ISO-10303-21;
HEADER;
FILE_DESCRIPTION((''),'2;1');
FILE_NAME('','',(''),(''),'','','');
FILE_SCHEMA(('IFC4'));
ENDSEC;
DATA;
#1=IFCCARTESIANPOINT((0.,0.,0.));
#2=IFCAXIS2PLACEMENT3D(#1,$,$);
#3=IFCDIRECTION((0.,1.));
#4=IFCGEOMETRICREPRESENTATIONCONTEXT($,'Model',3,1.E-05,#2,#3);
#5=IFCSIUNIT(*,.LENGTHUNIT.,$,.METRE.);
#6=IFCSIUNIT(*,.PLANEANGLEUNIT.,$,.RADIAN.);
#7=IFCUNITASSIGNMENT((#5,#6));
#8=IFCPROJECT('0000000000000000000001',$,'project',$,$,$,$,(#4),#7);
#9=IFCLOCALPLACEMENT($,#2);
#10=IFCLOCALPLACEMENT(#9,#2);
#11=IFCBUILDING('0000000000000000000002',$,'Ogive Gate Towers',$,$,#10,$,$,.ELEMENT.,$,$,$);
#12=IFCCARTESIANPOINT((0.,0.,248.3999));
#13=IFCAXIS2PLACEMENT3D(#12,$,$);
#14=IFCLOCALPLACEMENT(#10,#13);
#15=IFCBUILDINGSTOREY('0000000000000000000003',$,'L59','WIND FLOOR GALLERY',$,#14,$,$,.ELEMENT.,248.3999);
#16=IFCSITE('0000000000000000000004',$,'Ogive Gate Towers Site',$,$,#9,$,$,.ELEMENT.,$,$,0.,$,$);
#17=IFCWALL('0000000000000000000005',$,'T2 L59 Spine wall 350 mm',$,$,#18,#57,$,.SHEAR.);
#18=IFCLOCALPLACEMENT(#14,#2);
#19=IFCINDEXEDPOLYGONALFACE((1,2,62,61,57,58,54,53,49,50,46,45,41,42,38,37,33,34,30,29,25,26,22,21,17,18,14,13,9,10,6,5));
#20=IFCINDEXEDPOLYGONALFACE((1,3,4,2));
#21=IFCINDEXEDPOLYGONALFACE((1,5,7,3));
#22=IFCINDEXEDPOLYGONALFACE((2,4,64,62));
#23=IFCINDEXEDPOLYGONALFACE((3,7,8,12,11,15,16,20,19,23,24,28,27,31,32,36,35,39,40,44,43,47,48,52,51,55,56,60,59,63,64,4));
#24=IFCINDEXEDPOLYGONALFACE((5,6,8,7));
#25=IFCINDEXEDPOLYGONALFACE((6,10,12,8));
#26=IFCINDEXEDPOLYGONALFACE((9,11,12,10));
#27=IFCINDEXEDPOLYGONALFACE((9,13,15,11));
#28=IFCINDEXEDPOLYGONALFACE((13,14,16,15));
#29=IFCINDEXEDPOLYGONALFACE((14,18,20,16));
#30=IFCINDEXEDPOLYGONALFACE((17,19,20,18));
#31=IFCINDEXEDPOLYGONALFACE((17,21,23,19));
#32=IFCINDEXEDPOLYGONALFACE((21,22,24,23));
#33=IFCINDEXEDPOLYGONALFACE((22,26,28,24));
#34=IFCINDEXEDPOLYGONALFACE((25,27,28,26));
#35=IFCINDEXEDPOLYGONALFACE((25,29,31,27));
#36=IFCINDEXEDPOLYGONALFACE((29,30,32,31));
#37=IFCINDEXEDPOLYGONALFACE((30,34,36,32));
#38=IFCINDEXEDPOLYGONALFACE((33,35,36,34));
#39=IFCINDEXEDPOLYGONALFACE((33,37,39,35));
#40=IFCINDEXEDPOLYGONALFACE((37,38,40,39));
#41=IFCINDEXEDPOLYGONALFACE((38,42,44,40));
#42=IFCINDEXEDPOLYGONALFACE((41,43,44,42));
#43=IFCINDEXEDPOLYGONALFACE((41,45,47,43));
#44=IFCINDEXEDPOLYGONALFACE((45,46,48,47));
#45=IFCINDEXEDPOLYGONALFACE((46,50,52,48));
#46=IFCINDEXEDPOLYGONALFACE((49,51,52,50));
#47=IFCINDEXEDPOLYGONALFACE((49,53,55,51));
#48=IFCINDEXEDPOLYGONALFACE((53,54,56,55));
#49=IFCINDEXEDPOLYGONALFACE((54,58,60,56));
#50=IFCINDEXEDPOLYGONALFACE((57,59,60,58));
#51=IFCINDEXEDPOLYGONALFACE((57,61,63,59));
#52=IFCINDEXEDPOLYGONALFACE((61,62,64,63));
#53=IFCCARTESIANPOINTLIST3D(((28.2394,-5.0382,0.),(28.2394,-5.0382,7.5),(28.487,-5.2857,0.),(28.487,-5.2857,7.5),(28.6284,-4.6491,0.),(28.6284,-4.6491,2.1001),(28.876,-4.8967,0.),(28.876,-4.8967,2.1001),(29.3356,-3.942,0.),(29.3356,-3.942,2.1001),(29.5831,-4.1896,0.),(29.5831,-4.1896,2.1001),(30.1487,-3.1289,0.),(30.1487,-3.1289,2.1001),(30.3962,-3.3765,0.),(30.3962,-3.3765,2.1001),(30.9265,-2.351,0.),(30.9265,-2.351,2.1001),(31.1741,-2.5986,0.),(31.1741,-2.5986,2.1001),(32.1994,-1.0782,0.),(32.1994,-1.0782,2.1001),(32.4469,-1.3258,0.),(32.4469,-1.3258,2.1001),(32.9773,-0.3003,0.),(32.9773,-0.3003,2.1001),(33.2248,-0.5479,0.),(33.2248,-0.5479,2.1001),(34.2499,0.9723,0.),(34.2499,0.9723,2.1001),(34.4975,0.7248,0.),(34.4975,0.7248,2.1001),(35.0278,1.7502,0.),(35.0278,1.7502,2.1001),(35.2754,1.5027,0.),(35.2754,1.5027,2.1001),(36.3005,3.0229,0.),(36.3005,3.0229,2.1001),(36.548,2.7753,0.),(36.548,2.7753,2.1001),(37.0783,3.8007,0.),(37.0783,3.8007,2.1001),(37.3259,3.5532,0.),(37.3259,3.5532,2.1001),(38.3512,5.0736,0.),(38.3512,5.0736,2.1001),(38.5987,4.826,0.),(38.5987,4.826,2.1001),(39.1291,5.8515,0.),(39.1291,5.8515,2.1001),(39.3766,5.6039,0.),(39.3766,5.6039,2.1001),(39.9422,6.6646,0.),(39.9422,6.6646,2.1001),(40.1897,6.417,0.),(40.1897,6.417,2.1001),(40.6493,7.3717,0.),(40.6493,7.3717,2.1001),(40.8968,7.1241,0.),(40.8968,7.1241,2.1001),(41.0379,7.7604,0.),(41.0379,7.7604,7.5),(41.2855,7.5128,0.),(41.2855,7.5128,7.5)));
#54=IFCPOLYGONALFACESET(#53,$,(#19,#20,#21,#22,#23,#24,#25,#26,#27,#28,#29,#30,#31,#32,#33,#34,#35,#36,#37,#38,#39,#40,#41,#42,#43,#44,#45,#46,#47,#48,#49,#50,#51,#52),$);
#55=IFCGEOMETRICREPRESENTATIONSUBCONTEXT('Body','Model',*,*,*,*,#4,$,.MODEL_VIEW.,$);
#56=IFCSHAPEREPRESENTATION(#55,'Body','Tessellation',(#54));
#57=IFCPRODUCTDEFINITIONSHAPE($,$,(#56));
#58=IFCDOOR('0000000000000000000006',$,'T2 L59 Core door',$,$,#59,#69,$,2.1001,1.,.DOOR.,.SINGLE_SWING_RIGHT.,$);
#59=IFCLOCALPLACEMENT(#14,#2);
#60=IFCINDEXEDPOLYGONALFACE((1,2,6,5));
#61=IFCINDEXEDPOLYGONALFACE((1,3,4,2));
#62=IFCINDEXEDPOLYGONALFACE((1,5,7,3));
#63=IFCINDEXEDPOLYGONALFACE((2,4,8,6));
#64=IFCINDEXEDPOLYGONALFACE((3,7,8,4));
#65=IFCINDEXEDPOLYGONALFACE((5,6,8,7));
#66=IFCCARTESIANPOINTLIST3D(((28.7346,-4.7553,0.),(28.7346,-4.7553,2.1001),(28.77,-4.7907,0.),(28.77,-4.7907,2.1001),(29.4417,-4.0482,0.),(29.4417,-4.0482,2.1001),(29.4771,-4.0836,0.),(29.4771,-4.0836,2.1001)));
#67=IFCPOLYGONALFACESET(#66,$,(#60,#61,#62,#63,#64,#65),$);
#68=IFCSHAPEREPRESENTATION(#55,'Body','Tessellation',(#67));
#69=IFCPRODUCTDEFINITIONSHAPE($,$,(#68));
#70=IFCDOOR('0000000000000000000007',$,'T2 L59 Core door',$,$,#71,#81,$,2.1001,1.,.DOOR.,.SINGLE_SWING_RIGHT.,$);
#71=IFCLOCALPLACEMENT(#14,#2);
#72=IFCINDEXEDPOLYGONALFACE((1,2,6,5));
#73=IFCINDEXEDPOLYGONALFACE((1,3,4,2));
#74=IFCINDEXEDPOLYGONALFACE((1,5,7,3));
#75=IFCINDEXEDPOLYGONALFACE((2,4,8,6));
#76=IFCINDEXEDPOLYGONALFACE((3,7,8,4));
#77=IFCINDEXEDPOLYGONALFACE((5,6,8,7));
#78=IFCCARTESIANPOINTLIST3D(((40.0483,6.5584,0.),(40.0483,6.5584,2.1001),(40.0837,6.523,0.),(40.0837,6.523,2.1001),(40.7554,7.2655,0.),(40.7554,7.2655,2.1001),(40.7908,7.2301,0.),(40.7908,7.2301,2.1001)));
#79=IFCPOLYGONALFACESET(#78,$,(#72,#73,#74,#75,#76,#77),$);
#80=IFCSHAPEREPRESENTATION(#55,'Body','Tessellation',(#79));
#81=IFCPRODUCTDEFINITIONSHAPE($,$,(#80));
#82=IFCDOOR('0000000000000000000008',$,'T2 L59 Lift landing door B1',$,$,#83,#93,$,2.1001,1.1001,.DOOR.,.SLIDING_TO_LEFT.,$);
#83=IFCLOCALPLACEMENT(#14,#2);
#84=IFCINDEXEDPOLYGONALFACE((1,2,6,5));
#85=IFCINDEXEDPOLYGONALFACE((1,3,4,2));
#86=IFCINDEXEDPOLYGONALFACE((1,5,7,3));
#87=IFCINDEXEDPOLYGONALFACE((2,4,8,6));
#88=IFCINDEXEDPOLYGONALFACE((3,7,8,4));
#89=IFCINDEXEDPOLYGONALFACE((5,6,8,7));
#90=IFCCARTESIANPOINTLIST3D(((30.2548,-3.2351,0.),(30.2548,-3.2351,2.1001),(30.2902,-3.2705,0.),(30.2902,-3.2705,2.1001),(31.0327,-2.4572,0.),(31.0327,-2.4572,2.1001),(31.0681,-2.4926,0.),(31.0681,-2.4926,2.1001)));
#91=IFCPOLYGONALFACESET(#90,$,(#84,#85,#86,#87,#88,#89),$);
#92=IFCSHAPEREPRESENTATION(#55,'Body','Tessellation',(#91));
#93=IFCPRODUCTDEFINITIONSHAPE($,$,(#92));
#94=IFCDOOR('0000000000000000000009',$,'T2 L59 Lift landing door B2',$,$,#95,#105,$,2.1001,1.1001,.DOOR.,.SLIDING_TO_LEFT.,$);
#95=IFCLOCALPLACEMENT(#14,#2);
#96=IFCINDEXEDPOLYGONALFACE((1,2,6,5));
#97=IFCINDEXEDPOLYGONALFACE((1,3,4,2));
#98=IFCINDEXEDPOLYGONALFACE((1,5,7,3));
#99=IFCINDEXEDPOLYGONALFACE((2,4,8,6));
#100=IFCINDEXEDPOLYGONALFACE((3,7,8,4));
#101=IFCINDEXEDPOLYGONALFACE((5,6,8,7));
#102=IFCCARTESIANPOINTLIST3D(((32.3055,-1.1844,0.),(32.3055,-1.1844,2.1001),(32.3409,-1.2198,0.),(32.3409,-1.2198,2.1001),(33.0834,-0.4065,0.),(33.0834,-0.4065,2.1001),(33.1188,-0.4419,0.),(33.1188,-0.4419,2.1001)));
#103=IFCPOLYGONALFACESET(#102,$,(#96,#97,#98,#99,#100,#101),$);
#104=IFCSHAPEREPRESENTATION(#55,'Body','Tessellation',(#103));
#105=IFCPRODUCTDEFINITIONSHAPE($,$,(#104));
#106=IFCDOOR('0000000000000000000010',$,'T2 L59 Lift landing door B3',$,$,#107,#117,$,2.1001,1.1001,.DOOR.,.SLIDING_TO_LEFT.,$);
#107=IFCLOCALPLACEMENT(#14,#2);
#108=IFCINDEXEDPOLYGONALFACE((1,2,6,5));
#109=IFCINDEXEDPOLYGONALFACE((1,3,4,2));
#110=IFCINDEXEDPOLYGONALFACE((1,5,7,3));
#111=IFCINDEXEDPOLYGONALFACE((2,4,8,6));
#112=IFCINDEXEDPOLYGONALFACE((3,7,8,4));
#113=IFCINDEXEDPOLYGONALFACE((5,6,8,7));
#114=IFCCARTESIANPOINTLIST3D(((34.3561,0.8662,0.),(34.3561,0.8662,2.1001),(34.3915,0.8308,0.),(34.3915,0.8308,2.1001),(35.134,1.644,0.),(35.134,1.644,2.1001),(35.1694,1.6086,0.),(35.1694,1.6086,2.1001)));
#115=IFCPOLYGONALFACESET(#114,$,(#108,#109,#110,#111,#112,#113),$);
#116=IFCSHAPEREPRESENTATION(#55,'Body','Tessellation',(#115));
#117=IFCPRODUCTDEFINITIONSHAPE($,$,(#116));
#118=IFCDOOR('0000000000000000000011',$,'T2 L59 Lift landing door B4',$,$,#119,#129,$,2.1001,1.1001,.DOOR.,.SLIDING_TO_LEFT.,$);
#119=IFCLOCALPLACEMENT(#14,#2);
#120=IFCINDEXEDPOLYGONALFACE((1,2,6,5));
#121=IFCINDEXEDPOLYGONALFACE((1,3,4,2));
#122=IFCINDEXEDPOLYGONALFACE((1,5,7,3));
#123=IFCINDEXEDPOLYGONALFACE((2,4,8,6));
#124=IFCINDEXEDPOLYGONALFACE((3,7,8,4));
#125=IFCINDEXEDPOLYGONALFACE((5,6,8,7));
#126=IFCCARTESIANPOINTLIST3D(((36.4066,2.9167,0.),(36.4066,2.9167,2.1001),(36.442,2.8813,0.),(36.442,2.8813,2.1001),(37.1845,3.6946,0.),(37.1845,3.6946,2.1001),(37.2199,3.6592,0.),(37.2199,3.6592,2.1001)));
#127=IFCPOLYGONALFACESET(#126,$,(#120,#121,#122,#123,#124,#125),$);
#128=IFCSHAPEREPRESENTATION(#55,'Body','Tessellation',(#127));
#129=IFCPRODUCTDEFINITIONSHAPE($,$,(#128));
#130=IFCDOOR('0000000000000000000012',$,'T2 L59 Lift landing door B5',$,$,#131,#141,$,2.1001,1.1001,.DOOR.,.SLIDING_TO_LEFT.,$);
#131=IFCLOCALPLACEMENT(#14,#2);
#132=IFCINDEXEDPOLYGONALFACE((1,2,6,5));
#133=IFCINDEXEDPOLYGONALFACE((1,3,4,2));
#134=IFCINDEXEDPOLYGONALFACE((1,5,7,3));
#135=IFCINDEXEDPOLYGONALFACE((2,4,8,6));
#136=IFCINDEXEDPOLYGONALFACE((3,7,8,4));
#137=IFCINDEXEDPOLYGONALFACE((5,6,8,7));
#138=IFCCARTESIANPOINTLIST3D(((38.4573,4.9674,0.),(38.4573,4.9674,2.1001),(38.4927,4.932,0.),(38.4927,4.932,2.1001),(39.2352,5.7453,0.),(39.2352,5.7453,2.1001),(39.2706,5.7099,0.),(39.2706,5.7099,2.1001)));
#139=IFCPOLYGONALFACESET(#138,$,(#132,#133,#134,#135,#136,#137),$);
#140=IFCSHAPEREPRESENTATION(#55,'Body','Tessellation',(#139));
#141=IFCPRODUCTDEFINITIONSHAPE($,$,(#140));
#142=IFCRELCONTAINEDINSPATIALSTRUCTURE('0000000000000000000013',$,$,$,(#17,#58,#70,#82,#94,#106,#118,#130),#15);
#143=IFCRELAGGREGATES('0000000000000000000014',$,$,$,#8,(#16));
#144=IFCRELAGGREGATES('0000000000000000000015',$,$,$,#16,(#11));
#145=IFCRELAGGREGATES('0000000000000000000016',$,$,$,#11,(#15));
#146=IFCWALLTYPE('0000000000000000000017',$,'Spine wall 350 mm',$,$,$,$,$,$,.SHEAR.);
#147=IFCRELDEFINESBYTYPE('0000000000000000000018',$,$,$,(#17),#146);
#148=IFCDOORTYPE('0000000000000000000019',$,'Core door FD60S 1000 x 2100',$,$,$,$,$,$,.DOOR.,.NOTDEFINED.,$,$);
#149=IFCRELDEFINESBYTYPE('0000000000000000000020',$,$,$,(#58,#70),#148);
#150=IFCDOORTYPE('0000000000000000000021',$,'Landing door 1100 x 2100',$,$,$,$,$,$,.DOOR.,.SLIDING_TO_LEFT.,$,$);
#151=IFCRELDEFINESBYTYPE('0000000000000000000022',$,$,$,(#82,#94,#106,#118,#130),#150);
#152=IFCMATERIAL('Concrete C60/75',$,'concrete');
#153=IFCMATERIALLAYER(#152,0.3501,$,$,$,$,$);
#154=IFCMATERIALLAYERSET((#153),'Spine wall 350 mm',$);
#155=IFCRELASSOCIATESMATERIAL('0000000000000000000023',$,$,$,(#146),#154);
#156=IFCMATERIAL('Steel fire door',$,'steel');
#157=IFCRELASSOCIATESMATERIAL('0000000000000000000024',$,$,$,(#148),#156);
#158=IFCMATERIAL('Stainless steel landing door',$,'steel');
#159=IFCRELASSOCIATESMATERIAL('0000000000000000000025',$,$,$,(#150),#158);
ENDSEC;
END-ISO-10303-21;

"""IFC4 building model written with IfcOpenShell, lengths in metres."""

from ifc_helpers import new_model, si_unit, direction, frame, frame_2d, origin, place, context, subcontext, project, spatial, rectangle, extrude, material, layer, layer_set, type_object, element, fill, save


model = new_model("IFC4")

# Units and contexts
model_context = context("Model", 3, precision=1e-05, world=origin(), true_north=direction((0.0, 1.0)))
body_context = subcontext(model_context, "Body", "Model", "MODEL_VIEW")
ifc_project = project(units=[si_unit("LENGTHUNIT", "METRE"), si_unit("PLANEANGLEUNIT", "RADIAN")], contexts=[model_context])

# Site, building, storey
site_placement = place(None, origin())
site = spatial("IfcSite", under=ifc_project, at=site_placement, Name="Ogive Gate Towers Site", CompositionType="ELEMENT", RefElevation=0.0)
building_placement = place(site_placement, origin())
building = spatial("IfcBuilding", under=site, at=building_placement, Name="Ogive Gate Towers", CompositionType="ELEMENT")
storey_placement = place(building_placement, frame((0.0, 0.0, 248.3999)))
storey = spatial("IfcBuildingStorey", under=building, at=storey_placement, Name="L59", Description="WIND FLOOR GALLERY", CompositionType="ELEMENT", Elevation=248.3999)

# Shared definitions
ifc_material_1 = material(Name="Concrete C60/75", Category="concrete")

# Wall, openings, doors
ifc_layer_1 = layer(ifc_material_1, 0.3501)
ifc_layer_set_1 = layer_set([ifc_layer_1], Name="Spine wall 350 mm")
wall_type_1 = type_object("IfcWallType", Name="Spine wall 350 mm", PredefinedType="SHEAR", material=ifc_layer_set_1)
ifc_material_2 = material(Name="Steel fire door", Category="steel")
door_type_1 = type_object("IfcDoorType", Name="Core door FD60S 1000 x 2100", OperationType="NOTDEFINED", PredefinedType="DOOR", material=ifc_material_2)
ifc_material_3 = material(Name="Stainless steel landing door", Category="steel")
door_type_2 = type_object("IfcDoorType", Name="Landing door 1100 x 2100", OperationType="SLIDING_TO_LEFT", PredefinedType="DOOR", material=ifc_material_3)
wall_1_placement = place(storey_placement, frame((28.3633, -5.1619, 0.0), z_axis=(0.0, 0.0, 1.0), x_axis=(0.707107, 0.707107, 0.0)))
wall_1 = element("IfcWall", 1, at=wall_1_placement, inside=storey, type_object=wall_type_1, Name="T2 L59 Spine wall 350 mm", PredefinedType="SHEAR", context=body_context, shape_type="SweptSolid", body=[
    extrude(rectangle(XDim=18.0999, YDim=0.3501, at=frame_2d((9.0498, 0.0))), origin(), (0.0, 0.0, 1.0), 7.5),
])
opening_1_placement = place(wall_1_placement, frame((0.55, 0.0, 0.0)))
opening_1 = element("IfcOpeningElement", 2, at=opening_1_placement, cuts=wall_1, PredefinedType="OPENING", context=body_context, shape_type="SweptSolid", body=[
    extrude(rectangle(XDim=1.0, YDim=2.1001, at=frame_2d((0.5, 1.05))), frame((0.0, 0.1851, 0.0), z_axis=(0.0, -1.0, 0.0), x_axis=(1.0, 0.0, 0.0)), (0.0, 0.0, 1.0), 0.3701),
])
opening_2_placement = place(wall_1_placement, frame((2.7, 0.0, 0.0)))
opening_2 = element("IfcOpeningElement", 3, at=opening_2_placement, cuts=wall_1, PredefinedType="OPENING", context=body_context, shape_type="SweptSolid", body=[
    extrude(rectangle(XDim=1.1001, YDim=2.1001, at=frame_2d((0.55, 1.05))), frame((0.0, 0.1851, 0.0), z_axis=(0.0, -1.0, 0.0), x_axis=(1.0, 0.0, 0.0)), (0.0, 0.0, 1.0), 0.3701),
])
opening_3_placement = place(wall_1_placement, frame((5.6001, 0.0, 0.0)))
opening_3 = element("IfcOpeningElement", 4, at=opening_3_placement, cuts=wall_1, PredefinedType="OPENING", context=body_context, shape_type="SweptSolid", body=[
    extrude(rectangle(XDim=1.1001, YDim=2.1001, at=frame_2d((0.55, 1.05))), frame((0.0, 0.1851, 0.0), z_axis=(0.0, -1.0, 0.0), x_axis=(1.0, 0.0, 0.0)), (0.0, 0.0, 1.0), 0.3701),
])
opening_4_placement = place(wall_1_placement, frame((8.5, 0.0, 0.0)))
opening_4 = element("IfcOpeningElement", 5, at=opening_4_placement, cuts=wall_1, PredefinedType="OPENING", context=body_context, shape_type="SweptSolid", body=[
    extrude(rectangle(XDim=1.1001, YDim=2.1001, at=frame_2d((0.55, 1.05))), frame((0.0, 0.1851, 0.0), z_axis=(0.0, -1.0, 0.0), x_axis=(1.0, 0.0, 0.0)), (0.0, 0.0, 1.0), 0.3701),
])
opening_5_placement = place(wall_1_placement, frame((11.3999, 0.0, 0.0)))
opening_5 = element("IfcOpeningElement", 6, at=opening_5_placement, cuts=wall_1, PredefinedType="OPENING", context=body_context, shape_type="SweptSolid", body=[
    extrude(rectangle(XDim=1.1001, YDim=2.1001, at=frame_2d((0.55, 1.05))), frame((0.0, 0.1851, 0.0), z_axis=(0.0, -1.0, 0.0), x_axis=(1.0, 0.0, 0.0)), (0.0, 0.0, 1.0), 0.3701),
])
opening_6_placement = place(wall_1_placement, frame((14.3, 0.0, 0.0)))
opening_6 = element("IfcOpeningElement", 7, at=opening_6_placement, cuts=wall_1, PredefinedType="OPENING", context=body_context, shape_type="SweptSolid", body=[
    extrude(rectangle(XDim=1.1001, YDim=2.1001, at=frame_2d((0.55, 1.05))), frame((0.0, 0.1851, 0.0), z_axis=(0.0, -1.0, 0.0), x_axis=(1.0, 0.0, 0.0)), (0.0, 0.0, 1.0), 0.3701),
])
opening_7_placement = place(wall_1_placement, frame((16.55, 0.0, 0.0)))
opening_7 = element("IfcOpeningElement", 8, at=opening_7_placement, cuts=wall_1, PredefinedType="OPENING", context=body_context, shape_type="SweptSolid", body=[
    extrude(rectangle(XDim=1.0, YDim=2.1001, at=frame_2d((0.5, 1.05))), frame((0.0, 0.1851, 0.0), z_axis=(0.0, -1.0, 0.0), x_axis=(1.0, 0.0, 0.0)), (0.0, 0.0, 1.0), 0.3701),
])
door_1_placement = place(opening_1_placement, origin())
door_1 = element("IfcDoor", 9, at=door_1_placement, inside=storey, type_object=door_type_1, Name="T2 L59 Core door", OperationType="SINGLE_SWING_RIGHT", OverallHeight=2.1001, OverallWidth=1.0, PredefinedType="DOOR", context=body_context, shape_type="SweptSolid", body=[
    extrude(rectangle(XDim=1.0, YDim=2.1001, at=frame_2d((0.5, 1.05))), frame((0.0, 0.0249, 0.0), z_axis=(0.0, -1.0, 0.0), x_axis=(1.0, 0.0, 0.0)), (0.0, 0.0, 1.0), 0.05),
])
fill(opening_1, door_1)
door_2_placement = place(opening_7_placement, origin())
door_2 = element("IfcDoor", 10, at=door_2_placement, inside=storey, type_object=door_type_1, Name="T2 L59 Core door", OperationType="SINGLE_SWING_RIGHT", OverallHeight=2.1001, OverallWidth=1.0, PredefinedType="DOOR", context=body_context, shape_type="SweptSolid", body=[
    extrude(rectangle(XDim=1.0, YDim=2.1001, at=frame_2d((0.5, 1.05))), frame((0.0, 0.0249, 0.0), z_axis=(0.0, -1.0, 0.0), x_axis=(1.0, 0.0, 0.0)), (0.0, 0.0, 1.0), 0.05),
])
fill(opening_7, door_2)
door_3_placement = place(opening_2_placement, origin())
door_3 = element("IfcDoor", 11, at=door_3_placement, inside=storey, type_object=door_type_2, Name="T2 L59 Lift landing door B1", OperationType="SLIDING_TO_LEFT", OverallHeight=2.1001, OverallWidth=1.1001, PredefinedType="DOOR", context=body_context, shape_type="SweptSolid", body=[
    extrude(rectangle(XDim=1.1001, YDim=2.1001, at=frame_2d((0.55, 1.05))), frame((0.0, 0.0249, 0.0), z_axis=(0.0, -1.0, 0.0), x_axis=(1.0, 0.0, 0.0)), (0.0, 0.0, 1.0), 0.05),
])
fill(opening_2, door_3)
door_4_placement = place(opening_3_placement, origin())
door_4 = element("IfcDoor", 12, at=door_4_placement, inside=storey, type_object=door_type_2, Name="T2 L59 Lift landing door B2", OperationType="SLIDING_TO_LEFT", OverallHeight=2.1001, OverallWidth=1.1001, PredefinedType="DOOR", context=body_context, shape_type="SweptSolid", body=[
    extrude(rectangle(XDim=1.1001, YDim=2.1001, at=frame_2d((0.55, 1.05))), frame((0.0, 0.0249, 0.0), z_axis=(0.0, -1.0, 0.0), x_axis=(1.0, 0.0, 0.0)), (0.0, 0.0, 1.0), 0.05),
])
fill(opening_3, door_4)
door_5_placement = place(opening_4_placement, origin())
door_5 = element("IfcDoor", 13, at=door_5_placement, inside=storey, type_object=door_type_2, Name="T2 L59 Lift landing door B3", OperationType="SLIDING_TO_LEFT", OverallHeight=2.1001, OverallWidth=1.1001, PredefinedType="DOOR", context=body_context, shape_type="SweptSolid", body=[
    extrude(rectangle(XDim=1.1001, YDim=2.1001, at=frame_2d((0.55, 1.05))), frame((0.0, 0.0249, 0.0), z_axis=(0.0, -1.0, 0.0), x_axis=(1.0, 0.0, 0.0)), (0.0, 0.0, 1.0), 0.05),
])
fill(opening_4, door_5)
door_6_placement = place(opening_5_placement, origin())
door_6 = element("IfcDoor", 14, at=door_6_placement, inside=storey, type_object=door_type_2, Name="T2 L59 Lift landing door B4", OperationType="SLIDING_TO_LEFT", OverallHeight=2.1001, OverallWidth=1.1001, PredefinedType="DOOR", context=body_context, shape_type="SweptSolid", body=[
    extrude(rectangle(XDim=1.1001, YDim=2.1001, at=frame_2d((0.55, 1.05))), frame((0.0, 0.0249, 0.0), z_axis=(0.0, -1.0, 0.0), x_axis=(1.0, 0.0, 0.0)), (0.0, 0.0, 1.0), 0.05),
])
fill(opening_5, door_6)
door_7_placement = place(opening_6_placement, origin())
door_7 = element("IfcDoor", 15, at=door_7_placement, inside=storey, type_object=door_type_2, Name="T2 L59 Lift landing door B5", OperationType="SLIDING_TO_LEFT", OverallHeight=2.1001, OverallWidth=1.1001, PredefinedType="DOOR", context=body_context, shape_type="SweptSolid", body=[
    extrude(rectangle(XDim=1.1001, YDim=2.1001, at=frame_2d((0.55, 1.05))), frame((0.0, 0.0249, 0.0), z_axis=(0.0, -1.0, 0.0), x_axis=(1.0, 0.0, 0.0)), (0.0, 0.0, 1.0), 0.05),
])
fill(opening_6, door_7)

save(model, "model.ifc")
